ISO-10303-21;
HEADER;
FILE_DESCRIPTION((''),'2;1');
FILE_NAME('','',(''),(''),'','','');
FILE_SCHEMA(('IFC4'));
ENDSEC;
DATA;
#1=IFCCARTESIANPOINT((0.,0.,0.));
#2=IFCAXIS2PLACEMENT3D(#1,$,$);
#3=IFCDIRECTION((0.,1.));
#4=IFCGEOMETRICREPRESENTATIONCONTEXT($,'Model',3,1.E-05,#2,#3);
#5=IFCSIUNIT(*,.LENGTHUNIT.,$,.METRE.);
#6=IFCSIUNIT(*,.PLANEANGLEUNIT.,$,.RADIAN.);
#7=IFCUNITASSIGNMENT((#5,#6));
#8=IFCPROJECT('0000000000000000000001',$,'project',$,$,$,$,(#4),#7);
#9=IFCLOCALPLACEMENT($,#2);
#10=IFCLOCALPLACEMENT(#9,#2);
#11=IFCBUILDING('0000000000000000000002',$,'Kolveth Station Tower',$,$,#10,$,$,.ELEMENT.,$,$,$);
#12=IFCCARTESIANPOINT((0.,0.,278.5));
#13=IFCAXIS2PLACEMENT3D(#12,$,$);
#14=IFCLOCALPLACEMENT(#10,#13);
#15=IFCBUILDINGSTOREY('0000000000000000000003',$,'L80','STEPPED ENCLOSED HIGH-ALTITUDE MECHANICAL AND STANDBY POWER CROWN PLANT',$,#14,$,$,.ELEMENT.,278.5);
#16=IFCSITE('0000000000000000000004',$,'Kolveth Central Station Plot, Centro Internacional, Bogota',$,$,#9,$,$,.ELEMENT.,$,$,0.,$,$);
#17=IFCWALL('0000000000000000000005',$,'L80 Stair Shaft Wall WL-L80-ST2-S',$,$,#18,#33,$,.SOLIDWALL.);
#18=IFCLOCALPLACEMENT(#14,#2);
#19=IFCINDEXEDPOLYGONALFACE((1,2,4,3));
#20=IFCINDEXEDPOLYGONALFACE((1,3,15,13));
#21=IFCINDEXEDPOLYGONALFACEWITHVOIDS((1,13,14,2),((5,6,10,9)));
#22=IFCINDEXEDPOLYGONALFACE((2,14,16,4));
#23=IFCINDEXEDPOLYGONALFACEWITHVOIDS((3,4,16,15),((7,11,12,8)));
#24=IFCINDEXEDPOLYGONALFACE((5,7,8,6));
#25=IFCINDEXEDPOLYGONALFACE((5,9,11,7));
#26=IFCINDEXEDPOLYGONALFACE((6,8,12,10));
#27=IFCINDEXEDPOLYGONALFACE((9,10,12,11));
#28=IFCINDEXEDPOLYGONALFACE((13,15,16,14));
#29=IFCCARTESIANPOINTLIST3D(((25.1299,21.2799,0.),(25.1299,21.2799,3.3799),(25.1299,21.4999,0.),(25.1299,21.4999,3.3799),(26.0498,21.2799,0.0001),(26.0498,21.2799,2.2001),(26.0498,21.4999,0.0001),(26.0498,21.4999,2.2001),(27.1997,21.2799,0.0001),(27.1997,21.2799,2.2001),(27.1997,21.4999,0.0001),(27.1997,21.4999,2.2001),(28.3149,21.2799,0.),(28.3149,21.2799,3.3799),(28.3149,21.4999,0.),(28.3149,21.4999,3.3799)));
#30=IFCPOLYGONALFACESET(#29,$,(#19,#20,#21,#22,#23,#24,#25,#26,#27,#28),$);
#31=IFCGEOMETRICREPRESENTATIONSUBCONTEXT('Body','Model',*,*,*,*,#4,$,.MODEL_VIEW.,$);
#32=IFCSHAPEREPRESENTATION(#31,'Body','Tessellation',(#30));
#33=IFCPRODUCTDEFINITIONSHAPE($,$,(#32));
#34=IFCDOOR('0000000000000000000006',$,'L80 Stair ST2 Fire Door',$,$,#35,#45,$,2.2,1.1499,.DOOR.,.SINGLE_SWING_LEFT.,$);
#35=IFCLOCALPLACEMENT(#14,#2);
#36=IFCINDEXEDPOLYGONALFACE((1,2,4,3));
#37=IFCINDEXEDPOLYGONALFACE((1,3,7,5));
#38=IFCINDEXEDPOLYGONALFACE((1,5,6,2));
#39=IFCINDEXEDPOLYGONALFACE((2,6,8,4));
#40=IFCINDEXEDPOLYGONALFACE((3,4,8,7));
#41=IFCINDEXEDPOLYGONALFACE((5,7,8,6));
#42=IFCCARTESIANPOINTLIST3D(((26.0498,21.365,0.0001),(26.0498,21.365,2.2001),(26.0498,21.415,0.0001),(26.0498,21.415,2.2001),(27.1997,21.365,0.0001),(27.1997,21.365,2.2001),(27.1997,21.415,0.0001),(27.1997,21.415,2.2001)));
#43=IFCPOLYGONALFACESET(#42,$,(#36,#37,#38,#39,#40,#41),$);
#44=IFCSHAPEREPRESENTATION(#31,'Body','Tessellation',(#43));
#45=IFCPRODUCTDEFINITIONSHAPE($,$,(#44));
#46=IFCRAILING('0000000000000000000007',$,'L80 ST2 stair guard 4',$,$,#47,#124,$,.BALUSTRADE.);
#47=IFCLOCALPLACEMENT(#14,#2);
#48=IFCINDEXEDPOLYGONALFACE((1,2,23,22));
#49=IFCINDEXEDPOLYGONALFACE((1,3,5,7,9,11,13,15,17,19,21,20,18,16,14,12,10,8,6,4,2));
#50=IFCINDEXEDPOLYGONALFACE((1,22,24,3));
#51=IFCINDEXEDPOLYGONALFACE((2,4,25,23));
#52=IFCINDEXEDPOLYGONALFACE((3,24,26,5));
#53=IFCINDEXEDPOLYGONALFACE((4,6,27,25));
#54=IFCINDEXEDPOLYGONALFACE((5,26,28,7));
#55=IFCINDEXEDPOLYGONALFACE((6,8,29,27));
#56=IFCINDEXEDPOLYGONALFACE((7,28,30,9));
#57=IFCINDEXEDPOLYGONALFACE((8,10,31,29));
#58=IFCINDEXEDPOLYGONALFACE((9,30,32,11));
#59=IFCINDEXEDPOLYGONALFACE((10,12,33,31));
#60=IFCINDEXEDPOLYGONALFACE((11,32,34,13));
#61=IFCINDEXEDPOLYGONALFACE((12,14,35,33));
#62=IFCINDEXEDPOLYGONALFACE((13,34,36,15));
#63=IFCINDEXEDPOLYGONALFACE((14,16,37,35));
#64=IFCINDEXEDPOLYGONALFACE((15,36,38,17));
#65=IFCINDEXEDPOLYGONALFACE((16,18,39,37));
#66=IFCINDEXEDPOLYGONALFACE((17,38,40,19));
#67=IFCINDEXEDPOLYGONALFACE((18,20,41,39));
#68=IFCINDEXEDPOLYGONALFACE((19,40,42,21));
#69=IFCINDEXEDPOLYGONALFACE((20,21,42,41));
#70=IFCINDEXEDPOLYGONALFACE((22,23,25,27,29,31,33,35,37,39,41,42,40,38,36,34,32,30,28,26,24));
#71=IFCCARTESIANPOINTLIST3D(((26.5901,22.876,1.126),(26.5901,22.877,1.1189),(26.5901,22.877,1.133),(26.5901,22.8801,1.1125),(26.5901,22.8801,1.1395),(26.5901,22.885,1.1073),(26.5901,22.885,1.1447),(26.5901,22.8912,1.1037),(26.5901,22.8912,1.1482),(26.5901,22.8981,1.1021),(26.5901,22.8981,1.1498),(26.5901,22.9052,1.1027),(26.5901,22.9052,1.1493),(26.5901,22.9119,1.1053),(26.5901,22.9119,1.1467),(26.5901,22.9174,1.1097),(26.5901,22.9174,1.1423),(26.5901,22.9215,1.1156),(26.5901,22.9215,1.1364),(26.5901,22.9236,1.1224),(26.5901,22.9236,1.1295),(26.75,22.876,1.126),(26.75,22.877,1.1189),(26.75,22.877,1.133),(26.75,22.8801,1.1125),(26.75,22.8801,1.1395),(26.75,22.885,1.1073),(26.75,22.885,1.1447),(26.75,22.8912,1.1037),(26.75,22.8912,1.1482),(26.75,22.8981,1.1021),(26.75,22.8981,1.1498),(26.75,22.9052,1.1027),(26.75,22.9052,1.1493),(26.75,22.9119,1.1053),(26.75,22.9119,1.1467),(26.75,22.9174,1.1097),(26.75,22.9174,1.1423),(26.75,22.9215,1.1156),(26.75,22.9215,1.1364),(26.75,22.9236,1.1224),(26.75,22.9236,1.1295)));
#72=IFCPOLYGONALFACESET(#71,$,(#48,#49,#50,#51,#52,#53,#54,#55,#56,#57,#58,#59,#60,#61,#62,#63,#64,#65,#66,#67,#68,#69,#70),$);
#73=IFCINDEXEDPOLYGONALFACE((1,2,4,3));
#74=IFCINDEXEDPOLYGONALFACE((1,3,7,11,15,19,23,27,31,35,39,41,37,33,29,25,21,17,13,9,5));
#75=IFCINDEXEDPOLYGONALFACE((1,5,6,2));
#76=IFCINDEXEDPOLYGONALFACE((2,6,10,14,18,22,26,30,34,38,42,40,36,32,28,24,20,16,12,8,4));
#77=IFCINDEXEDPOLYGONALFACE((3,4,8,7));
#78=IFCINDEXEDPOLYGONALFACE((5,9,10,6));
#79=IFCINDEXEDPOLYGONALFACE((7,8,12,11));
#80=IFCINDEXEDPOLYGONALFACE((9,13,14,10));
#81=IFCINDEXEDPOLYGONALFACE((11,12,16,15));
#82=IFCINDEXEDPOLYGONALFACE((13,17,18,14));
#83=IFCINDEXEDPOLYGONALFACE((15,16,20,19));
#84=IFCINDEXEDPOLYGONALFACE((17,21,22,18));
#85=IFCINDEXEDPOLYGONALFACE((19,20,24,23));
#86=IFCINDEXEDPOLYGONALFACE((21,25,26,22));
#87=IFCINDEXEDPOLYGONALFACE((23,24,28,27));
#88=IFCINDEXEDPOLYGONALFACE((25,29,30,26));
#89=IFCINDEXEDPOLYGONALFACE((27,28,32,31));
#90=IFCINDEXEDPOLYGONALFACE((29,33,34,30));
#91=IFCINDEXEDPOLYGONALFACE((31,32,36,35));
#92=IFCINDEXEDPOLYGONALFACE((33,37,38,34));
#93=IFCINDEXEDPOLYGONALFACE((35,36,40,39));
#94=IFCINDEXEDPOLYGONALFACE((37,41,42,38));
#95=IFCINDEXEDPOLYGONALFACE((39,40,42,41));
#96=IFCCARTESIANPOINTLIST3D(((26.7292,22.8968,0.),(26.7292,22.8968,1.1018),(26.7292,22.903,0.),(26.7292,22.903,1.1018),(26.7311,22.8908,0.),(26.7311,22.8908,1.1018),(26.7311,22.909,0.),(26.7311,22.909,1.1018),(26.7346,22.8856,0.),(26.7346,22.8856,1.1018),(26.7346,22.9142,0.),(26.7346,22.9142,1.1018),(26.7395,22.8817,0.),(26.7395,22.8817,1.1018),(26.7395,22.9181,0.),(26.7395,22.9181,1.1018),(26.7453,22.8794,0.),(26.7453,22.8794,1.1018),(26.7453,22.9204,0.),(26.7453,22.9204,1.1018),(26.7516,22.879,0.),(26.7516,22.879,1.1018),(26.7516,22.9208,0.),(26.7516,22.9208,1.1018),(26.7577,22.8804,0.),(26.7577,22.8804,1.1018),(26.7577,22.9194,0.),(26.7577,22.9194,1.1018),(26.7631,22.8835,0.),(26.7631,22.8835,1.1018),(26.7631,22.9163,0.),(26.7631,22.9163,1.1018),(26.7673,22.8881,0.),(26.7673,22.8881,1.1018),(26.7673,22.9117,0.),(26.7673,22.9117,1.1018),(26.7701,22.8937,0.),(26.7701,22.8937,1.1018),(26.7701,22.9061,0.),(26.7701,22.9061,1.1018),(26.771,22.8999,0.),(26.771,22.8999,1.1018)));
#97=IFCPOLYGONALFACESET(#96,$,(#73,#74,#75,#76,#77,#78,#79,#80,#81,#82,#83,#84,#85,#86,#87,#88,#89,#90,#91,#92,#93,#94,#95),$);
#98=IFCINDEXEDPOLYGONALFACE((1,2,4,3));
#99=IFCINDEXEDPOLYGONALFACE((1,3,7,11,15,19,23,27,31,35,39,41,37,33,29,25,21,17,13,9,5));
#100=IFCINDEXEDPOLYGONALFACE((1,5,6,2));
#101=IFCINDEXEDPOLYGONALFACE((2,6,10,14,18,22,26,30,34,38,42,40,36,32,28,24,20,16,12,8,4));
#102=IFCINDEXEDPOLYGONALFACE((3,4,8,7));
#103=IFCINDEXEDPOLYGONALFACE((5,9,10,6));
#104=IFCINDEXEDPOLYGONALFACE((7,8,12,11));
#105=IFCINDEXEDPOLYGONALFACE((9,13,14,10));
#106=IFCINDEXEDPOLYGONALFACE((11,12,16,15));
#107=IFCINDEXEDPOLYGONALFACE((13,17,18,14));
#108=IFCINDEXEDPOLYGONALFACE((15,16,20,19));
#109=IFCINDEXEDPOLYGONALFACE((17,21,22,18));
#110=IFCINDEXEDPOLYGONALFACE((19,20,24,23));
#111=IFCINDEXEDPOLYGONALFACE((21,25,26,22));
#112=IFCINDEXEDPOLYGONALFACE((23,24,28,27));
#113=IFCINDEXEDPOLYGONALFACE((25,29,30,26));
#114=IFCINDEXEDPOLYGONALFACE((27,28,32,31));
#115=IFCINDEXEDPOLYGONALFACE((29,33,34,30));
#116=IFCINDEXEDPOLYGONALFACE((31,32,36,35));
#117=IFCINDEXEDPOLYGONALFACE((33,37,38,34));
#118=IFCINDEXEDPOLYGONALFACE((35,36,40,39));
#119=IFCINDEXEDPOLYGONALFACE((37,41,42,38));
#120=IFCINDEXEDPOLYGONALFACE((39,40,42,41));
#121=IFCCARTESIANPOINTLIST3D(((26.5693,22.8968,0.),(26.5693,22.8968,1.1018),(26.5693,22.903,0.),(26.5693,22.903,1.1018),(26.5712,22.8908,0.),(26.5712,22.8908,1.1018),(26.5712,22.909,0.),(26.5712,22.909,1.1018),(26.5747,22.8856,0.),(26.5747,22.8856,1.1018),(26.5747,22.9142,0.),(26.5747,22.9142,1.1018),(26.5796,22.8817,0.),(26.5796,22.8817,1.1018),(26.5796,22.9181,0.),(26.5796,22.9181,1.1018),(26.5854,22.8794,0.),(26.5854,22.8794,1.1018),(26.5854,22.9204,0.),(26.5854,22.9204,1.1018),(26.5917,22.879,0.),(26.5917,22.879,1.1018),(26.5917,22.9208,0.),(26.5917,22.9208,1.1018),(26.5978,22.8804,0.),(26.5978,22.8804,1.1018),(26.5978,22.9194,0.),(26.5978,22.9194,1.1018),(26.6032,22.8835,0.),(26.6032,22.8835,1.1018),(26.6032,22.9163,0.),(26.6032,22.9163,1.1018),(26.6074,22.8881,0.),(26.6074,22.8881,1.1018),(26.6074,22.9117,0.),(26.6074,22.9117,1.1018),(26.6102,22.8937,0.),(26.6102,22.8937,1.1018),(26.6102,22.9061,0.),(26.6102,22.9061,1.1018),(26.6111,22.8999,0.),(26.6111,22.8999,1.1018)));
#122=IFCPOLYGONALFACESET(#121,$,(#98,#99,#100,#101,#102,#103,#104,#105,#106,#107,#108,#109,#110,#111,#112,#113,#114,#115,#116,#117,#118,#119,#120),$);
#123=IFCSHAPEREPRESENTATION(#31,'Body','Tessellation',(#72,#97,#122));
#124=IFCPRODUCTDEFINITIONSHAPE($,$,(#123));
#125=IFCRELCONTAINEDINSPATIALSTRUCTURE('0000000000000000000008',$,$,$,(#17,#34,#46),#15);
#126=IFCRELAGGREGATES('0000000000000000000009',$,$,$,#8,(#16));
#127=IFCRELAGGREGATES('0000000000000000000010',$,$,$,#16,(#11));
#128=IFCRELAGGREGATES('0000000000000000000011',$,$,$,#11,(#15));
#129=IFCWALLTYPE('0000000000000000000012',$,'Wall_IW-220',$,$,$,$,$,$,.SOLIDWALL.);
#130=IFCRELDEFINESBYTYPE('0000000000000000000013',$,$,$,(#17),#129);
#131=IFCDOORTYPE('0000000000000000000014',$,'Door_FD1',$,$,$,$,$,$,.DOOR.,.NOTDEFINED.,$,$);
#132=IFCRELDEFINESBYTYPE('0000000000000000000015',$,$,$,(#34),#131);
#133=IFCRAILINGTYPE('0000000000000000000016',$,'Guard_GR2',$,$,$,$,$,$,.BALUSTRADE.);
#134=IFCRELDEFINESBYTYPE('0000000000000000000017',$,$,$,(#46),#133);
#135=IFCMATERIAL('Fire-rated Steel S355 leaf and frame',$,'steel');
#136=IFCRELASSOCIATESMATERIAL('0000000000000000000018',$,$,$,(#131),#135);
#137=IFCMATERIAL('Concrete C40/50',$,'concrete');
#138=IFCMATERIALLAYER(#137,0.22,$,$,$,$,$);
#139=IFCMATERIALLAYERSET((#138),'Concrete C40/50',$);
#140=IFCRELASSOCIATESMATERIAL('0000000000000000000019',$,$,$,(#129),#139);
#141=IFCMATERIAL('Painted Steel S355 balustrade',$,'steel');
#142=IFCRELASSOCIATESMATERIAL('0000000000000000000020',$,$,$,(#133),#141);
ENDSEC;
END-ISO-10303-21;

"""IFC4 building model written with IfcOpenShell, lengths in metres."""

from ifc_helpers import new_model, si_unit, direction, frame, frame_2d, origin, origin_2d, place, context, subcontext, project, spatial, rectangle, circle, extrude, material, layer, layer_set, type_object, element, fill, save


model = new_model("IFC4")

# Units and contexts
model_context = context("Model", 3, precision=1e-05, world=origin(), true_north=direction((0.0, 1.0)))
body_context = subcontext(model_context, "Body", "Model", "MODEL_VIEW")
ifc_project = project(units=[si_unit("LENGTHUNIT", "METRE"), si_unit("PLANEANGLEUNIT", "RADIAN")], contexts=[model_context])

# Site, building, storey
site_placement = place(None, origin())
site = spatial("IfcSite", under=ifc_project, at=site_placement, Name="Kolveth Central Station Plot, Centro Internacional, Bogota", CompositionType="ELEMENT", RefElevation=0.0)
building_placement = place(site_placement, origin())
building = spatial("IfcBuilding", under=site, at=building_placement, Name="Kolveth Station Tower", CompositionType="ELEMENT")
storey_placement = place(building_placement, frame((0.0, 0.0, 278.5)))
storey = spatial("IfcBuildingStorey", under=building, at=storey_placement, Name="L80", Description="STEPPED ENCLOSED HIGH-ALTITUDE MECHANICAL AND STANDBY POWER CROWN PLANT", CompositionType="ELEMENT", Elevation=278.5)

# Shared definitions
ifc_material_1 = material(Name="Concrete C40/50", Category="concrete")

# Shared definitions
ifc_material_2 = material(Name="Fire-rated Steel S355 leaf and frame", Category="steel")
door_type_1 = type_object("IfcDoorType", Name="Door_FD1", OperationType="NOTDEFINED", PredefinedType="DOOR", material=ifc_material_2)

# Shared definitions
ifc_layer_1 = layer(ifc_material_1, 0.22)
ifc_layer_set_1 = layer_set([ifc_layer_1], Name="Concrete C40/50")
wall_type_1 = type_object("IfcWallType", Name="Wall_IW-220", PredefinedType="SOLIDWALL", material=ifc_layer_set_1)

# Wall, opening, door
wall_1_placement = place(storey_placement, frame((25.1299, 21.3899, 0.0), z_axis=(0.0, 0.0, 1.0), x_axis=(1.0, 0.0, 0.0)))
wall_1 = element("IfcWall", 1, at=wall_1_placement, inside=storey, type_object=wall_type_1, Name="L80 Stair Shaft Wall WL-L80-ST2-S", PredefinedType="SOLIDWALL", context=body_context, shape_type="SweptSolid", body=[
    extrude(rectangle(XDim=3.1851, YDim=0.22, at=frame_2d((1.5925, 0.0))), origin(), (0.0, 0.0, 1.0), 3.3799),
])
opening_1_placement = place(wall_1_placement, frame((0.9199, 0.0, 0.0)))
opening_1 = element("IfcOpeningElement", 2, at=opening_1_placement, cuts=wall_1, PredefinedType="OPENING", context=body_context, shape_type="SweptSolid", body=[
    extrude(rectangle(XDim=1.1499, YDim=2.2, at=frame_2d((0.575, 1.1001))), frame((0.0, 0.1199, 0.0), z_axis=(0.0, -1.0, 0.0), x_axis=(1.0, 0.0, 0.0)), (0.0, 0.0, 1.0), 0.24),
])
door_1_placement = place(opening_1_placement, frame((1.1499, 0.0, 0.0), z_axis=(0.0, 0.0, 1.0), x_axis=(-1.0, 0.0, 0.0)))
door_1 = element("IfcDoor", 3, at=door_1_placement, inside=storey, type_object=door_type_1, Name="L80 Stair ST2 Fire Door", OperationType="SINGLE_SWING_LEFT", OverallHeight=2.2, OverallWidth=1.1499, PredefinedType="DOOR", context=body_context, shape_type="SweptSolid", body=[
    extrude(rectangle(XDim=1.1499, YDim=2.2, at=frame_2d((0.575, 1.1001))), frame((0.0, 0.0249, 0.0), z_axis=(0.0, -1.0, 0.0), x_axis=(1.0, 0.0, 0.0)), (0.0, 0.0, 1.0), 0.05),
])
fill(opening_1, door_1)

# Railing
ifc_material_3 = material(Name="Painted Steel S355 balustrade", Category="steel")
railing_type = type_object("IfcRailingType", Name="Guard_GR2", PredefinedType="BALUSTRADE", material=ifc_material_3)
railing_placement = place(storey_placement, frame((26.75, 22.8999, 0.0)))
element("IfcRailing", 4, at=railing_placement, inside=storey, type_object=railing_type, Name="L80 ST2 stair guard 4", PredefinedType="BALUSTRADE", context=body_context, shape_type="SweptSolid", body=[
    extrude(circle(Radius=0.0239, at=origin_2d()), frame((0.0, 0.0, 1.126), z_axis=(-1.0, 0.0, 0.0), x_axis=(0.0, -1.0, 0.0)), (0.0, 0.0, 1.0), 0.1599),
    extrude(circle(Radius=0.021, at=origin_2d()), origin(), (0.0, 0.0, 1.0), 1.1018),
    extrude(circle(Radius=0.021, at=origin_2d()), frame((-0.1599, 0.0, 0.0)), (0.0, 0.0, 1.0), 1.1018),
])

save(model, "model.ifc")
